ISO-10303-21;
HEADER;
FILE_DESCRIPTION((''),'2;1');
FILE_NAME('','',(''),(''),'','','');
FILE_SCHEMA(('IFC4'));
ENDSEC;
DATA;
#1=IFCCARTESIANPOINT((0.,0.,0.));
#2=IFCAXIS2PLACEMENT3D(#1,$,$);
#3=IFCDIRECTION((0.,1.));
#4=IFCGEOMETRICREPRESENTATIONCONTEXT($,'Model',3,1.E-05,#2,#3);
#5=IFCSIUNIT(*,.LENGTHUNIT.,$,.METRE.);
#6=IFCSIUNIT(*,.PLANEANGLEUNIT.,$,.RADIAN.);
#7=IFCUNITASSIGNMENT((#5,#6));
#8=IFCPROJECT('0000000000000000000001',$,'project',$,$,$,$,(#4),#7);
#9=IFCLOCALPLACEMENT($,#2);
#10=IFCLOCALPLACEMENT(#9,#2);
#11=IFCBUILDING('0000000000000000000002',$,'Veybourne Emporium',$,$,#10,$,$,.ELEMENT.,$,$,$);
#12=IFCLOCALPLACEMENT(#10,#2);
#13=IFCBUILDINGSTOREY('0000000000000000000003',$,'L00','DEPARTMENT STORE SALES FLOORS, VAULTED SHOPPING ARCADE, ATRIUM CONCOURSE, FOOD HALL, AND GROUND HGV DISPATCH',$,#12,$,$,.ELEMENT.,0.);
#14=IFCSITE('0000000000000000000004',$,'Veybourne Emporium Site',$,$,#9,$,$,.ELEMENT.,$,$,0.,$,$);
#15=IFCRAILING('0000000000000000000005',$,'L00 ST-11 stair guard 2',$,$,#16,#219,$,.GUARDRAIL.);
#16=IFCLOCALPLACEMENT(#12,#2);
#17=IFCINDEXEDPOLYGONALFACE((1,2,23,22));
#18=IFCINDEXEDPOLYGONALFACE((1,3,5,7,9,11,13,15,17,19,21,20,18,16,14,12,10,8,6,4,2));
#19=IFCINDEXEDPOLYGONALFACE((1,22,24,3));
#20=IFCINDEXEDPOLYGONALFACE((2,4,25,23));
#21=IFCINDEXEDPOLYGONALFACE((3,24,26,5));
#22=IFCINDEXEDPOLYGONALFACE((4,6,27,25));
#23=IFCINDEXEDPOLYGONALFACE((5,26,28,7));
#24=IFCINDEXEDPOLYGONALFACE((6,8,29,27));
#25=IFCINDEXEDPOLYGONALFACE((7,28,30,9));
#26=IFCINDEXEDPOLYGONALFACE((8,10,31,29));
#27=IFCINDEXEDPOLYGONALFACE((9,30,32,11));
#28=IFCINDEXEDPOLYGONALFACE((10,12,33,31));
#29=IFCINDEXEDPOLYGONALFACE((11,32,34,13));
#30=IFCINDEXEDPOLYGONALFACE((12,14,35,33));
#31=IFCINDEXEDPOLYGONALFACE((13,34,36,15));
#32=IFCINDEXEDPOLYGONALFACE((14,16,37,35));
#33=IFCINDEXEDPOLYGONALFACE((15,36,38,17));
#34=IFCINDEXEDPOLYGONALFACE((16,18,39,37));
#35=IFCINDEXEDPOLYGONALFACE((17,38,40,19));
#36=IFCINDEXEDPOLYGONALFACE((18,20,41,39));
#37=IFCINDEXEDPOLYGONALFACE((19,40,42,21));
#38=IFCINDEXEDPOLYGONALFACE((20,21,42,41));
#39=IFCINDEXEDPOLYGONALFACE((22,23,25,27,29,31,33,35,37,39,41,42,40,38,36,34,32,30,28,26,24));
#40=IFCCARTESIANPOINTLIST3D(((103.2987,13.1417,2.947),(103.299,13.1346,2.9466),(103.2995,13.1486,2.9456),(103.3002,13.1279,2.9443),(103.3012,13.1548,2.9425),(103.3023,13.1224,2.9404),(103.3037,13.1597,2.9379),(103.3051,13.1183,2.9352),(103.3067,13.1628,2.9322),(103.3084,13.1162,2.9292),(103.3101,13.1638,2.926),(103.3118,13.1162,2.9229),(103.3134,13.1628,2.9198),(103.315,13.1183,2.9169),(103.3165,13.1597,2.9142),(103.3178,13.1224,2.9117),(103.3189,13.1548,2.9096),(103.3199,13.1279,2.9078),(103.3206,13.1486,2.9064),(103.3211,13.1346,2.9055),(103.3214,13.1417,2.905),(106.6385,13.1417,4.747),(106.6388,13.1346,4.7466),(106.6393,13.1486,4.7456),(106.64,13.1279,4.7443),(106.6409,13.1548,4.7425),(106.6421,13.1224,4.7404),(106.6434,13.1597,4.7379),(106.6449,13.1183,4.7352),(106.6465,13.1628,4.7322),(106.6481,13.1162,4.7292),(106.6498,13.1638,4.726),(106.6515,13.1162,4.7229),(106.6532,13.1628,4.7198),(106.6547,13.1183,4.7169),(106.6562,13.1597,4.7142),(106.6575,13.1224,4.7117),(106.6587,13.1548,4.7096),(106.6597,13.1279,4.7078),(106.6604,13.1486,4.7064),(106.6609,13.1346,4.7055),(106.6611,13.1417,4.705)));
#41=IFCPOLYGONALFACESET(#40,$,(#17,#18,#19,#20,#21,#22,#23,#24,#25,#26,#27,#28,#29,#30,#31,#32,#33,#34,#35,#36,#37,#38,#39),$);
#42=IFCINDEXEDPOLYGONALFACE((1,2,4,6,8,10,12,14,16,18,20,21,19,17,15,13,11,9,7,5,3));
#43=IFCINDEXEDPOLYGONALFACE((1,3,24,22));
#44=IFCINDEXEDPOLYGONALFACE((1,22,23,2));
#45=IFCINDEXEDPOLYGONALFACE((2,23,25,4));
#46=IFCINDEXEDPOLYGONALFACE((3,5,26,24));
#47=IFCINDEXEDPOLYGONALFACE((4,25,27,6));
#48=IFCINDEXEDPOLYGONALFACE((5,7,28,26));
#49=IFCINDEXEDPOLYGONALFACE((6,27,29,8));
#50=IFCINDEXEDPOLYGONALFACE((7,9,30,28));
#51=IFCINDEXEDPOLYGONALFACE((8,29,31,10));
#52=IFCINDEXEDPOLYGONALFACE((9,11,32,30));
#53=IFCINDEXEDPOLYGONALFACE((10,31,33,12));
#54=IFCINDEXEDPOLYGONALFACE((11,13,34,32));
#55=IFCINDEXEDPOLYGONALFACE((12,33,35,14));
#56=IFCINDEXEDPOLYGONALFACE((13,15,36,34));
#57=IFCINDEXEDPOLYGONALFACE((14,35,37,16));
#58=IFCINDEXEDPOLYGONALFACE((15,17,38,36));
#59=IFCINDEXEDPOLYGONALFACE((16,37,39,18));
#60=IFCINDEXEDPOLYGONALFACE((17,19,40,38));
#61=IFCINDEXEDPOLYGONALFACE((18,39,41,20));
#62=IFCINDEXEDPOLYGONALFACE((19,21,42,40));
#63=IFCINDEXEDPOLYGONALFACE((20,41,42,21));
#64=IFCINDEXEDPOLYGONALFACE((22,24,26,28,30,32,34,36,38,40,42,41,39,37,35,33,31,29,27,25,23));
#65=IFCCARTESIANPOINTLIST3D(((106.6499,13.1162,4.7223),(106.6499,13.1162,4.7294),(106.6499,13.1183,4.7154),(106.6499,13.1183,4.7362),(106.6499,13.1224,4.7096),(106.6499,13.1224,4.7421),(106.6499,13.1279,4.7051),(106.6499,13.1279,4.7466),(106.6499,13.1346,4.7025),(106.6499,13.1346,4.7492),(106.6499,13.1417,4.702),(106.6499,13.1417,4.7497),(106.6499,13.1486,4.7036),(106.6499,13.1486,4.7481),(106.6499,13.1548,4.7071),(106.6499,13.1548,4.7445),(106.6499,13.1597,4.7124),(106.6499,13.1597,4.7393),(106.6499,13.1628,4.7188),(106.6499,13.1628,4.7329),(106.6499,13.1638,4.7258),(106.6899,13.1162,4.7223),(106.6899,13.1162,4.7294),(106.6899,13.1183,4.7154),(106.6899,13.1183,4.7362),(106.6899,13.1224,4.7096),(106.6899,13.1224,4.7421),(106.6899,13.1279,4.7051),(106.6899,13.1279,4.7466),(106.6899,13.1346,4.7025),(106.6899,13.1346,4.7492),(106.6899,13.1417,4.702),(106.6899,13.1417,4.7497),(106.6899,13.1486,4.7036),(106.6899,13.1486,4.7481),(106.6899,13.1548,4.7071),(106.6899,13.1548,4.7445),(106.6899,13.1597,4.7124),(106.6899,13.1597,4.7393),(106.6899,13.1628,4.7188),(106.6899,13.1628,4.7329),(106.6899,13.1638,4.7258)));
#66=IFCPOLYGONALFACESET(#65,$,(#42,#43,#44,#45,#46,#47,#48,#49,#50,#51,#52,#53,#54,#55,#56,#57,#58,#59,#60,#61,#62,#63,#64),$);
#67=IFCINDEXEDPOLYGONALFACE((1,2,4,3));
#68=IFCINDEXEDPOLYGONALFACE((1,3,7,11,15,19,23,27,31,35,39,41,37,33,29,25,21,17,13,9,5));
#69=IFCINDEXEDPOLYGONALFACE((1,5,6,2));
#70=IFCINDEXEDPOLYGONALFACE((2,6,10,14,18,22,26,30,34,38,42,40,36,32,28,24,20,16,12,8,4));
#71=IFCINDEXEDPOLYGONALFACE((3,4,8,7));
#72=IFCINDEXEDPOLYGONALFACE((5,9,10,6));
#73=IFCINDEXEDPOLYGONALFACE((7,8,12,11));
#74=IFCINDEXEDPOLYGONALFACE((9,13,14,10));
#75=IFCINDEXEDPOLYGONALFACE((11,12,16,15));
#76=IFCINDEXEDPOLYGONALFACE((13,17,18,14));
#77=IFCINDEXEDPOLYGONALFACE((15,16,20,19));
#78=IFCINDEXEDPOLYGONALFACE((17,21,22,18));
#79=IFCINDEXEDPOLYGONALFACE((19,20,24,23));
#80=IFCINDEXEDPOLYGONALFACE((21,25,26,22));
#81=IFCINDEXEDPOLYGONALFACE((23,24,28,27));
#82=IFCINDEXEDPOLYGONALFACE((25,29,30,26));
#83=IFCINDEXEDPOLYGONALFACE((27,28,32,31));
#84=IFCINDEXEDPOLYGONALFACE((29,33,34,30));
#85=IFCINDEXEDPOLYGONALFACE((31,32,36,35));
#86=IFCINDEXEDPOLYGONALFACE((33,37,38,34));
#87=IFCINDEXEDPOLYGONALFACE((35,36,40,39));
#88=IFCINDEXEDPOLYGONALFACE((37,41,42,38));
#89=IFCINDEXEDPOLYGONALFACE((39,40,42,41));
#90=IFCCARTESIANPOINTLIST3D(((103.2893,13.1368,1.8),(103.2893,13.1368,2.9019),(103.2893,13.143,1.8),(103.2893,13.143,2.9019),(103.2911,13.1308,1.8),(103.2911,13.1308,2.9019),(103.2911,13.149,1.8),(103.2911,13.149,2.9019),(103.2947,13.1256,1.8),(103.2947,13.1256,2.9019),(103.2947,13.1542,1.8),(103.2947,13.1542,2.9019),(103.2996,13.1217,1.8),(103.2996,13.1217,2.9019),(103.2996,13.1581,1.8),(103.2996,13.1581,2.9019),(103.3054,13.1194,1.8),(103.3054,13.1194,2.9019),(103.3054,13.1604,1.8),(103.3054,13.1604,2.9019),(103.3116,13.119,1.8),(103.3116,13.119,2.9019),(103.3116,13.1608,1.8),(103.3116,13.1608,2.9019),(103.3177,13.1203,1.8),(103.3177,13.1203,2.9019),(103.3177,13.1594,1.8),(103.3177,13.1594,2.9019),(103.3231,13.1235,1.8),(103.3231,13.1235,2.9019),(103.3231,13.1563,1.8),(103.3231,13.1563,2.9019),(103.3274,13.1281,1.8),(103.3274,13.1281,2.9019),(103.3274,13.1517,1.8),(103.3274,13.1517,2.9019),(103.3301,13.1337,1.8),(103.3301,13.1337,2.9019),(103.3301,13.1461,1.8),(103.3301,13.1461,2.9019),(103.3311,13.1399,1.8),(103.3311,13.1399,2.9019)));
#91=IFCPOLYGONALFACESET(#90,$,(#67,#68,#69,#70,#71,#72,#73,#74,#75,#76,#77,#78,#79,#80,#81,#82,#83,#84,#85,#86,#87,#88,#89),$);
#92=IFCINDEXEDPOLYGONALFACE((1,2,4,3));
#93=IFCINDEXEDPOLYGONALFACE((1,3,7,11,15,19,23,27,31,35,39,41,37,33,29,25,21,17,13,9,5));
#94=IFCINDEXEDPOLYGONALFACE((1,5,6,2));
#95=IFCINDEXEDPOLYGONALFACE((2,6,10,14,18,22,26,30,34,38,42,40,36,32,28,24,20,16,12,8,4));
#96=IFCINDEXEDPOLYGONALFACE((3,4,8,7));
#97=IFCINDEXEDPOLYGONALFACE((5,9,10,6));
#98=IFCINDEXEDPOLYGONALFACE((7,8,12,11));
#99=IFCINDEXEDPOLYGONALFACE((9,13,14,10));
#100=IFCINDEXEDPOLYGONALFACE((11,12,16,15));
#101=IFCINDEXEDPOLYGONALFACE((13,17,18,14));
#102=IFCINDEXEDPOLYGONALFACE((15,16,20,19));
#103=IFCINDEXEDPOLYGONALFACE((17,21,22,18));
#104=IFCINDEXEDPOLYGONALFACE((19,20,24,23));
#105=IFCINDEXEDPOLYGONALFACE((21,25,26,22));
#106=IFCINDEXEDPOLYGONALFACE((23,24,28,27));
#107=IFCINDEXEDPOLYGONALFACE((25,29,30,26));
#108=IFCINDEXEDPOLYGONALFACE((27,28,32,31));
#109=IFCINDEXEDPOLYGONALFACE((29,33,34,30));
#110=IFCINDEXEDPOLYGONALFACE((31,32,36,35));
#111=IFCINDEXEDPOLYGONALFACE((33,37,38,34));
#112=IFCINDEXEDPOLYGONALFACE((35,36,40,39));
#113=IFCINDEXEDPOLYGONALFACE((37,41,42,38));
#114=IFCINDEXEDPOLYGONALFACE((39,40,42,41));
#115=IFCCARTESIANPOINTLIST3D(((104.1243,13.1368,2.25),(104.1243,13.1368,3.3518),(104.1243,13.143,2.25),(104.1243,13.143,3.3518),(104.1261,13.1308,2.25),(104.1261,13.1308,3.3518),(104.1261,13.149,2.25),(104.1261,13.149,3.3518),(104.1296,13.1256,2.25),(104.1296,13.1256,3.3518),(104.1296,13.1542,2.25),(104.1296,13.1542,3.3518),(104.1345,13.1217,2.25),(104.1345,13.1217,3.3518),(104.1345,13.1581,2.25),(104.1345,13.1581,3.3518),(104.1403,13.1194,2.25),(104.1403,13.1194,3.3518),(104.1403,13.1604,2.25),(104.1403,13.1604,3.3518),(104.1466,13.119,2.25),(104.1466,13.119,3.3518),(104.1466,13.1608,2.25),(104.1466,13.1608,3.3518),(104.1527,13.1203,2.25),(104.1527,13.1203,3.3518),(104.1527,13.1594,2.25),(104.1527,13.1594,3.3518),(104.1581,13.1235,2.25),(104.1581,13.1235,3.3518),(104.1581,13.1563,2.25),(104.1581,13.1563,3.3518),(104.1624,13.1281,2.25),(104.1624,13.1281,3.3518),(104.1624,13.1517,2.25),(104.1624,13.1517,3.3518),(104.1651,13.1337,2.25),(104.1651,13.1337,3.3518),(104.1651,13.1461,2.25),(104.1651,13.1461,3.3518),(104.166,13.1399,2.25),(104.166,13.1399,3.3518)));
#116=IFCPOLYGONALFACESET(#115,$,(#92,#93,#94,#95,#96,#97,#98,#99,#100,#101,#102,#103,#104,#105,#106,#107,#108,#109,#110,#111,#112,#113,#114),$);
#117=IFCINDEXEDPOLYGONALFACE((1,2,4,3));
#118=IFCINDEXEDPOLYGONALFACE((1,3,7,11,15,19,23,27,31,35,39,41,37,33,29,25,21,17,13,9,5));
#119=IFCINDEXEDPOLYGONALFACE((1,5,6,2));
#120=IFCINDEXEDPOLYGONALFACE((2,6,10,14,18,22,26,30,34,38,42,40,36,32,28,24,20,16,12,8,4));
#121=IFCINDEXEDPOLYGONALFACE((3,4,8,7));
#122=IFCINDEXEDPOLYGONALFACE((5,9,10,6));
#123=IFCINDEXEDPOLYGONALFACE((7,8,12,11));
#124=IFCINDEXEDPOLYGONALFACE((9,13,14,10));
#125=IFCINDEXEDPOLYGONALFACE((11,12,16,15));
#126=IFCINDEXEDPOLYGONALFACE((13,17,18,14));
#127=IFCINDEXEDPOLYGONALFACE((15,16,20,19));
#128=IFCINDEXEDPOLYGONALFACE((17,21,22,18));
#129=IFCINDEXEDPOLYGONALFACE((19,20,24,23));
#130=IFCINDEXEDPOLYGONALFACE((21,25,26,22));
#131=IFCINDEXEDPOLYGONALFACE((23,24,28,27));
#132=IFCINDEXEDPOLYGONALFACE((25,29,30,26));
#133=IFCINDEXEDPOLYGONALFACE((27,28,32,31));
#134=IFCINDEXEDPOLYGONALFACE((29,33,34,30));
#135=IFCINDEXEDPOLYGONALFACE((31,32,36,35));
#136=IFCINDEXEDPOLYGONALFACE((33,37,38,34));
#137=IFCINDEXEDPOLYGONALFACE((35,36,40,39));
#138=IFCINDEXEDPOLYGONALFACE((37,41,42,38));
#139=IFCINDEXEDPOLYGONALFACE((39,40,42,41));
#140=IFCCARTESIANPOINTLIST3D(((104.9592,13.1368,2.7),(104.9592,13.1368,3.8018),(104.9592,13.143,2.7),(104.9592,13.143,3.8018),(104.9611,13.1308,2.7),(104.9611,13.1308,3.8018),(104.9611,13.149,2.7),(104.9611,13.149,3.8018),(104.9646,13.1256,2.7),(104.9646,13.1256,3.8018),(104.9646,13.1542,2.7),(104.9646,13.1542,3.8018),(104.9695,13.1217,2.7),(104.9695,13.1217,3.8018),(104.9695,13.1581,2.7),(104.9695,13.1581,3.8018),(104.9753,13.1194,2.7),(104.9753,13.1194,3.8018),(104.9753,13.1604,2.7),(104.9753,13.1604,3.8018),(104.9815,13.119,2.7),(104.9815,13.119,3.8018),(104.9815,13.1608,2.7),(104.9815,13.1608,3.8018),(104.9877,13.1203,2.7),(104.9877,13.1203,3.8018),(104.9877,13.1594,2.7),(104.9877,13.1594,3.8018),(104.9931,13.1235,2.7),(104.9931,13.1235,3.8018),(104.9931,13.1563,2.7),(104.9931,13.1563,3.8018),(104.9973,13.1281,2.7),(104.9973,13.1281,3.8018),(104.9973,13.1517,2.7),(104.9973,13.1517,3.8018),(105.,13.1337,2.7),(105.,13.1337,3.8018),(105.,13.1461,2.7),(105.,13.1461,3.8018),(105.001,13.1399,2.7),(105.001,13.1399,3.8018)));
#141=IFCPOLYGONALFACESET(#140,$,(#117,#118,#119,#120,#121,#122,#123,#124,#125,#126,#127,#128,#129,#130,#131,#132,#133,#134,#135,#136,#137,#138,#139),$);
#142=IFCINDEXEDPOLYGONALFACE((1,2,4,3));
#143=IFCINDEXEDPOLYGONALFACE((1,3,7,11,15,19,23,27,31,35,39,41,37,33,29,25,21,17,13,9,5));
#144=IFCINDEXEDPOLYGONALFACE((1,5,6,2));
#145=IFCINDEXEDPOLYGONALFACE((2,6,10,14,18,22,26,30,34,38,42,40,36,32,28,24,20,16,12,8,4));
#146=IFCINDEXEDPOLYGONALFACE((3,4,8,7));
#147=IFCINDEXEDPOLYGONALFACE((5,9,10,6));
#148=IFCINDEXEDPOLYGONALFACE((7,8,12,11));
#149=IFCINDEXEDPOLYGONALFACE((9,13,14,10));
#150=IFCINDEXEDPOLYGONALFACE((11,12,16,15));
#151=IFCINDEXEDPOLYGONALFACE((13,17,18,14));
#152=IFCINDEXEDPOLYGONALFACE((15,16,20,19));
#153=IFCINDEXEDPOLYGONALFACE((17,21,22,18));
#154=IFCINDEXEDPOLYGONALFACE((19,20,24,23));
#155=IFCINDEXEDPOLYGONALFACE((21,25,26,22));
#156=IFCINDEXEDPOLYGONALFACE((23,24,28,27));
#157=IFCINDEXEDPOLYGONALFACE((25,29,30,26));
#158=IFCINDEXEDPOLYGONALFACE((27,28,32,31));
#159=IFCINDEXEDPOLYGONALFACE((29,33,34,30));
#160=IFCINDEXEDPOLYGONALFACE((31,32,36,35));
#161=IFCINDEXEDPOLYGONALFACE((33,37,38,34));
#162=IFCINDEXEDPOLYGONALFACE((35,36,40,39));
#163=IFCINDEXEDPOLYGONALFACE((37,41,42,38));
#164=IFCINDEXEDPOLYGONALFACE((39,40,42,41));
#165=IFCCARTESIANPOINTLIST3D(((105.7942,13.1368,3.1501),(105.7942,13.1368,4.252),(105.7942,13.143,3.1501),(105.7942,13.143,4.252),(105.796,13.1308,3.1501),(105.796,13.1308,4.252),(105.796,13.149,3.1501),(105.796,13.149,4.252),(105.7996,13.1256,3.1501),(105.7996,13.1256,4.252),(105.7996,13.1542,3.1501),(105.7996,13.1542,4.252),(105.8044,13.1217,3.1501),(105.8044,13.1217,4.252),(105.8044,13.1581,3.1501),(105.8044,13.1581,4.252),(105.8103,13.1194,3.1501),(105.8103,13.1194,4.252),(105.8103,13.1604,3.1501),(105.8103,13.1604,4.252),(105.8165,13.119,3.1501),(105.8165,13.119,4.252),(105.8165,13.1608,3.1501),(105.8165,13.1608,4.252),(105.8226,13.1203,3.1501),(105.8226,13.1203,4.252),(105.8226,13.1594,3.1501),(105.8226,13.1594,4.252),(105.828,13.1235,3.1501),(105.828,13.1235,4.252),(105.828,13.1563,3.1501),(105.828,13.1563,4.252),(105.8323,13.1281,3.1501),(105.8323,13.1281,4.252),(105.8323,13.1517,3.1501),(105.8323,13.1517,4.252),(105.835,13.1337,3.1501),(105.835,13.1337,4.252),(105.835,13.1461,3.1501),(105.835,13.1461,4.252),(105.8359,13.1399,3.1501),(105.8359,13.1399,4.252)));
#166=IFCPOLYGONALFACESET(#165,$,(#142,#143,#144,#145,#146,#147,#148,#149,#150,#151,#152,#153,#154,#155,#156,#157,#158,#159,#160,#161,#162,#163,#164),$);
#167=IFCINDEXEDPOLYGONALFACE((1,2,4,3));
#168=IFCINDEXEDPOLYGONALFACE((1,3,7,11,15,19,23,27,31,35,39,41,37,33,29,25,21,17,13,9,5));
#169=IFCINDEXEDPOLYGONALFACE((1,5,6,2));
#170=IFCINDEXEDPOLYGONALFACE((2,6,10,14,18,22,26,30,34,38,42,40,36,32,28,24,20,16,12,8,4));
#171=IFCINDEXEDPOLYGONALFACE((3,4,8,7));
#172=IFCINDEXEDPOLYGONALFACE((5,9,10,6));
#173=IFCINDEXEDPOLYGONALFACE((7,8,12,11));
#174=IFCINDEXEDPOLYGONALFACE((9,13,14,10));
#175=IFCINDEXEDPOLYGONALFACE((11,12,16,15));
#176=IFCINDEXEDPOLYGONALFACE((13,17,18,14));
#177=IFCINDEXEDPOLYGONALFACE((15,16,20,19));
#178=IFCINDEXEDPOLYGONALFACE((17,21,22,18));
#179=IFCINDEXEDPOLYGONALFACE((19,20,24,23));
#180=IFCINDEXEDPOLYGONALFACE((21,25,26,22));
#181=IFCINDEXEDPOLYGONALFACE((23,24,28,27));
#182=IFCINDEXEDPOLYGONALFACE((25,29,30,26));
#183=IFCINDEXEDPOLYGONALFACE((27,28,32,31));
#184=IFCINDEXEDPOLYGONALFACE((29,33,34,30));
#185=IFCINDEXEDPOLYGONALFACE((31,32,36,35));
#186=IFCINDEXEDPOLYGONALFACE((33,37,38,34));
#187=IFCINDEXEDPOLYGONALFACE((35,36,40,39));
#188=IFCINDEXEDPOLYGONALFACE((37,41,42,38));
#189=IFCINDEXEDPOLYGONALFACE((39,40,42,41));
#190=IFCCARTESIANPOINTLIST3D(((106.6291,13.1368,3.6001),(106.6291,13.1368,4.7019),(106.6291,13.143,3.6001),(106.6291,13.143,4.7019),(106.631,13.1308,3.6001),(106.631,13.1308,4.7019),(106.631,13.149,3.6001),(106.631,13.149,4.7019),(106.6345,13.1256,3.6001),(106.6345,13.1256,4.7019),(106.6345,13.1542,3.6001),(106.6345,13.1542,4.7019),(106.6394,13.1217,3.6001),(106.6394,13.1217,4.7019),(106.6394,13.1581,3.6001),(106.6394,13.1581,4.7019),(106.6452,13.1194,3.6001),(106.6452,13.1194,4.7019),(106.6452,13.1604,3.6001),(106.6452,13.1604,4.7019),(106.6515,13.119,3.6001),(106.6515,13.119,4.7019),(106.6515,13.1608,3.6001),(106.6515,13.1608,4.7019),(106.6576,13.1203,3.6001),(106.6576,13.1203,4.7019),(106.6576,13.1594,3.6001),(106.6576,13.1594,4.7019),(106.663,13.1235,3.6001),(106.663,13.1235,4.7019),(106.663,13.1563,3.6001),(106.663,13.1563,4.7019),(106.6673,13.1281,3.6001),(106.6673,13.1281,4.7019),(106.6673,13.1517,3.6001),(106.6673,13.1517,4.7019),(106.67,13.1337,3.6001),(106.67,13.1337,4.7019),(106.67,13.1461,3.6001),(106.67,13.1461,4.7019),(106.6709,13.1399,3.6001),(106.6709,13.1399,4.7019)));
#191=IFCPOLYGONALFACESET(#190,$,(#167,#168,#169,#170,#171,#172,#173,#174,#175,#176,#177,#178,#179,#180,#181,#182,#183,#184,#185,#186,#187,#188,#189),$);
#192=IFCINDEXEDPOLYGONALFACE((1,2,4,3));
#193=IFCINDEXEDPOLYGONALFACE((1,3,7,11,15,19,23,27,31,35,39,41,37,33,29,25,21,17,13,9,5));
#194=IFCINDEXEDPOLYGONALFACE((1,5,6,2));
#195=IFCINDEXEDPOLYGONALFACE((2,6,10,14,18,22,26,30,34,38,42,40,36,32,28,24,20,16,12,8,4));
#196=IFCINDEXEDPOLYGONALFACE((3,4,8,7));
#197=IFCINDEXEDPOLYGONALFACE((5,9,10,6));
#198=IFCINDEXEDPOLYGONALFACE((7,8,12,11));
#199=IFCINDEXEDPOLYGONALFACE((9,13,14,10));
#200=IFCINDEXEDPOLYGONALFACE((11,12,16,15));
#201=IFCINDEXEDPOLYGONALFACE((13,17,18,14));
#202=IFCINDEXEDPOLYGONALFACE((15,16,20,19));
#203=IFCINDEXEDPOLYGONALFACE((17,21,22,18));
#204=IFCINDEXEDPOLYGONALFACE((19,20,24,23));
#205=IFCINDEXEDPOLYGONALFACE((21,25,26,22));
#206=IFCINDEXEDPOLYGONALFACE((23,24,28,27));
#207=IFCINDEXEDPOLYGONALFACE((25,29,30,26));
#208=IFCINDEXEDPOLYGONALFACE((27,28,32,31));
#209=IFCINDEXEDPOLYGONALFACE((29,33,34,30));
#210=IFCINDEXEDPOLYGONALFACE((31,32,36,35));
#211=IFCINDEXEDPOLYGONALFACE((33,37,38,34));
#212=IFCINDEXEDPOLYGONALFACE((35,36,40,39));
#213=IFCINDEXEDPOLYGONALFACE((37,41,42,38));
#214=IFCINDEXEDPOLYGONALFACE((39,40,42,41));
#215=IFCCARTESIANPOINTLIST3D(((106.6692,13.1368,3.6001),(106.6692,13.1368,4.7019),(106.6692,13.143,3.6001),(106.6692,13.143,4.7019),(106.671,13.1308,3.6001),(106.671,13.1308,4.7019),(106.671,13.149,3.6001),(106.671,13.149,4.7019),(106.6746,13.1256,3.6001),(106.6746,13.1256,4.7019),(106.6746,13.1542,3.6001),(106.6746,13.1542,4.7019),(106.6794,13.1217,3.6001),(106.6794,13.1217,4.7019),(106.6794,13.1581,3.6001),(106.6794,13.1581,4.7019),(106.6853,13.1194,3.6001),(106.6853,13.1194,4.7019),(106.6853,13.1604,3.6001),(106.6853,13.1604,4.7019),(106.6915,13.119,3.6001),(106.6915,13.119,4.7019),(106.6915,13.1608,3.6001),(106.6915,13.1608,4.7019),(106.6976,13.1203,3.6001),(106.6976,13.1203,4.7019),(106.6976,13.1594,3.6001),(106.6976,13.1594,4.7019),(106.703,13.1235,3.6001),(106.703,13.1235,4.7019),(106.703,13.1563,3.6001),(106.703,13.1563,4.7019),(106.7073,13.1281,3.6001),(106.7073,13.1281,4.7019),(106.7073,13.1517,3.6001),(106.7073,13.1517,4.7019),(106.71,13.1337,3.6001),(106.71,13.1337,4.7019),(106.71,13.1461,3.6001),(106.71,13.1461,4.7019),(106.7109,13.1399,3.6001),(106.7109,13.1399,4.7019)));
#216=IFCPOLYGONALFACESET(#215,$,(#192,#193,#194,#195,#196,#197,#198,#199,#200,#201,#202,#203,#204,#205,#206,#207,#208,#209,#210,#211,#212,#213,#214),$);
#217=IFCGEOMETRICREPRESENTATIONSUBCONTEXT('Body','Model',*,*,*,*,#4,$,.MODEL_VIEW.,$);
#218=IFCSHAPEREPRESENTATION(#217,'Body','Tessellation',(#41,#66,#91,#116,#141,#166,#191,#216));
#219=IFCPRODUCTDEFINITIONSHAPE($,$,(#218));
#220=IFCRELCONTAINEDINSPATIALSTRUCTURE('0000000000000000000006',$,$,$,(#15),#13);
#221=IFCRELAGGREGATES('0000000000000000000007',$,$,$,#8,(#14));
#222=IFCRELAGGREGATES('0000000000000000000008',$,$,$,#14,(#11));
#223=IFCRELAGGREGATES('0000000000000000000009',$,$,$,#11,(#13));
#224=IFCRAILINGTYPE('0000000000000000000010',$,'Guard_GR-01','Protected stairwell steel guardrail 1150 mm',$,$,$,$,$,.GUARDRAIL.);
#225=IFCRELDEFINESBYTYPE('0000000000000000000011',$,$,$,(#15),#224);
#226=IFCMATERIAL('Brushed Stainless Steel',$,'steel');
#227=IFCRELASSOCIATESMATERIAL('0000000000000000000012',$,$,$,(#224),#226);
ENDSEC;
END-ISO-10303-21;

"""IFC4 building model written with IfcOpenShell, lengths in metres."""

from ifc_helpers import new_model, si_unit, direction, frame, origin, origin_2d, place, context, subcontext, project, spatial, circle, extrude, material, type_object, element, save


model = new_model("IFC4")

# Units and contexts
model_context = context("Model", 3, precision=1e-05, world=origin(), true_north=direction((0.0, 1.0)))
body_context = subcontext(model_context, "Body", "Model", "MODEL_VIEW")
ifc_project = project(units=[si_unit("LENGTHUNIT", "METRE"), si_unit("PLANEANGLEUNIT", "RADIAN")], contexts=[model_context])

# Site, building, storey
site_placement = place(None, origin())
site = spatial("IfcSite", under=ifc_project, at=site_placement, Name="Veybourne Emporium Site", CompositionType="ELEMENT", RefElevation=0.0)
building_placement = place(site_placement, origin())
building = spatial("IfcBuilding", under=site, at=building_placement, Name="Veybourne Emporium", CompositionType="ELEMENT")
storey_placement = place(building_placement, origin())
storey = spatial("IfcBuildingStorey", under=building, at=storey_placement, Name="L00", Description="DEPARTMENT STORE SALES FLOORS, VAULTED SHOPPING ARCADE, ATRIUM CONCOURSE, FOOD HALL, AND GROUND HGV DISPATCH", CompositionType="ELEMENT", Elevation=0.0)

# Railing
ifc_material_1 = material(Name="Brushed Stainless Steel", Category="steel")
railing_type_1 = type_object("IfcRailingType", Name="Guard_GR-01", Description="Protected stairwell steel guardrail 1150 mm", PredefinedType="GUARDRAIL", material=ifc_material_1)
railing_1_placement = place(storey_placement, frame((103.3101, 13.1399, 1.8)))
element("IfcRailing", 1, at=railing_1_placement, inside=storey, type_object=railing_type_1, Name="L00 ST-11 stair guard 2", PredefinedType="GUARDRAIL", context=body_context, shape_type="SweptSolid", body=[
    extrude(circle(Radius=0.0239, at=origin_2d()), frame((0.0, 0.0, 1.126), z_axis=(0.880287, 0.0, 0.474441), x_axis=(0.0, 1.0, 0.0)), (0.0, 0.0, 1.0), 3.7939),
    extrude(circle(Radius=0.0239, at=origin_2d()), frame((3.3398, 0.0, 2.9258), z_axis=(1.0, 0.0, 0.0), x_axis=(0.0, 1.0, 0.0)), (0.0, 0.0, 1.0), 0.04),
    extrude(circle(Radius=0.021, at=origin_2d()), origin(), (0.0, 0.0, 1.0), 1.1018),
    extrude(circle(Radius=0.021, at=origin_2d()), frame((0.835, 0.0, 0.45)), (0.0, 0.0, 1.0), 1.1018),
    extrude(circle(Radius=0.021, at=origin_2d()), frame((1.6699, 0.0, 0.8999)), (0.0, 0.0, 1.0), 1.1018),
    extrude(circle(Radius=0.021, at=origin_2d()), frame((2.5049, 0.0, 1.3501)), (0.0, 0.0, 1.0), 1.1018),
    extrude(circle(Radius=0.021, at=origin_2d()), frame((3.3398, 0.0, 1.8)), (0.0, 0.0, 1.0), 1.1018),
    extrude(circle(Radius=0.021, at=origin_2d()), frame((3.3799, 0.0, 1.8)), (0.0, 0.0, 1.0), 1.1018),
])

save(model, "model.ifc")
